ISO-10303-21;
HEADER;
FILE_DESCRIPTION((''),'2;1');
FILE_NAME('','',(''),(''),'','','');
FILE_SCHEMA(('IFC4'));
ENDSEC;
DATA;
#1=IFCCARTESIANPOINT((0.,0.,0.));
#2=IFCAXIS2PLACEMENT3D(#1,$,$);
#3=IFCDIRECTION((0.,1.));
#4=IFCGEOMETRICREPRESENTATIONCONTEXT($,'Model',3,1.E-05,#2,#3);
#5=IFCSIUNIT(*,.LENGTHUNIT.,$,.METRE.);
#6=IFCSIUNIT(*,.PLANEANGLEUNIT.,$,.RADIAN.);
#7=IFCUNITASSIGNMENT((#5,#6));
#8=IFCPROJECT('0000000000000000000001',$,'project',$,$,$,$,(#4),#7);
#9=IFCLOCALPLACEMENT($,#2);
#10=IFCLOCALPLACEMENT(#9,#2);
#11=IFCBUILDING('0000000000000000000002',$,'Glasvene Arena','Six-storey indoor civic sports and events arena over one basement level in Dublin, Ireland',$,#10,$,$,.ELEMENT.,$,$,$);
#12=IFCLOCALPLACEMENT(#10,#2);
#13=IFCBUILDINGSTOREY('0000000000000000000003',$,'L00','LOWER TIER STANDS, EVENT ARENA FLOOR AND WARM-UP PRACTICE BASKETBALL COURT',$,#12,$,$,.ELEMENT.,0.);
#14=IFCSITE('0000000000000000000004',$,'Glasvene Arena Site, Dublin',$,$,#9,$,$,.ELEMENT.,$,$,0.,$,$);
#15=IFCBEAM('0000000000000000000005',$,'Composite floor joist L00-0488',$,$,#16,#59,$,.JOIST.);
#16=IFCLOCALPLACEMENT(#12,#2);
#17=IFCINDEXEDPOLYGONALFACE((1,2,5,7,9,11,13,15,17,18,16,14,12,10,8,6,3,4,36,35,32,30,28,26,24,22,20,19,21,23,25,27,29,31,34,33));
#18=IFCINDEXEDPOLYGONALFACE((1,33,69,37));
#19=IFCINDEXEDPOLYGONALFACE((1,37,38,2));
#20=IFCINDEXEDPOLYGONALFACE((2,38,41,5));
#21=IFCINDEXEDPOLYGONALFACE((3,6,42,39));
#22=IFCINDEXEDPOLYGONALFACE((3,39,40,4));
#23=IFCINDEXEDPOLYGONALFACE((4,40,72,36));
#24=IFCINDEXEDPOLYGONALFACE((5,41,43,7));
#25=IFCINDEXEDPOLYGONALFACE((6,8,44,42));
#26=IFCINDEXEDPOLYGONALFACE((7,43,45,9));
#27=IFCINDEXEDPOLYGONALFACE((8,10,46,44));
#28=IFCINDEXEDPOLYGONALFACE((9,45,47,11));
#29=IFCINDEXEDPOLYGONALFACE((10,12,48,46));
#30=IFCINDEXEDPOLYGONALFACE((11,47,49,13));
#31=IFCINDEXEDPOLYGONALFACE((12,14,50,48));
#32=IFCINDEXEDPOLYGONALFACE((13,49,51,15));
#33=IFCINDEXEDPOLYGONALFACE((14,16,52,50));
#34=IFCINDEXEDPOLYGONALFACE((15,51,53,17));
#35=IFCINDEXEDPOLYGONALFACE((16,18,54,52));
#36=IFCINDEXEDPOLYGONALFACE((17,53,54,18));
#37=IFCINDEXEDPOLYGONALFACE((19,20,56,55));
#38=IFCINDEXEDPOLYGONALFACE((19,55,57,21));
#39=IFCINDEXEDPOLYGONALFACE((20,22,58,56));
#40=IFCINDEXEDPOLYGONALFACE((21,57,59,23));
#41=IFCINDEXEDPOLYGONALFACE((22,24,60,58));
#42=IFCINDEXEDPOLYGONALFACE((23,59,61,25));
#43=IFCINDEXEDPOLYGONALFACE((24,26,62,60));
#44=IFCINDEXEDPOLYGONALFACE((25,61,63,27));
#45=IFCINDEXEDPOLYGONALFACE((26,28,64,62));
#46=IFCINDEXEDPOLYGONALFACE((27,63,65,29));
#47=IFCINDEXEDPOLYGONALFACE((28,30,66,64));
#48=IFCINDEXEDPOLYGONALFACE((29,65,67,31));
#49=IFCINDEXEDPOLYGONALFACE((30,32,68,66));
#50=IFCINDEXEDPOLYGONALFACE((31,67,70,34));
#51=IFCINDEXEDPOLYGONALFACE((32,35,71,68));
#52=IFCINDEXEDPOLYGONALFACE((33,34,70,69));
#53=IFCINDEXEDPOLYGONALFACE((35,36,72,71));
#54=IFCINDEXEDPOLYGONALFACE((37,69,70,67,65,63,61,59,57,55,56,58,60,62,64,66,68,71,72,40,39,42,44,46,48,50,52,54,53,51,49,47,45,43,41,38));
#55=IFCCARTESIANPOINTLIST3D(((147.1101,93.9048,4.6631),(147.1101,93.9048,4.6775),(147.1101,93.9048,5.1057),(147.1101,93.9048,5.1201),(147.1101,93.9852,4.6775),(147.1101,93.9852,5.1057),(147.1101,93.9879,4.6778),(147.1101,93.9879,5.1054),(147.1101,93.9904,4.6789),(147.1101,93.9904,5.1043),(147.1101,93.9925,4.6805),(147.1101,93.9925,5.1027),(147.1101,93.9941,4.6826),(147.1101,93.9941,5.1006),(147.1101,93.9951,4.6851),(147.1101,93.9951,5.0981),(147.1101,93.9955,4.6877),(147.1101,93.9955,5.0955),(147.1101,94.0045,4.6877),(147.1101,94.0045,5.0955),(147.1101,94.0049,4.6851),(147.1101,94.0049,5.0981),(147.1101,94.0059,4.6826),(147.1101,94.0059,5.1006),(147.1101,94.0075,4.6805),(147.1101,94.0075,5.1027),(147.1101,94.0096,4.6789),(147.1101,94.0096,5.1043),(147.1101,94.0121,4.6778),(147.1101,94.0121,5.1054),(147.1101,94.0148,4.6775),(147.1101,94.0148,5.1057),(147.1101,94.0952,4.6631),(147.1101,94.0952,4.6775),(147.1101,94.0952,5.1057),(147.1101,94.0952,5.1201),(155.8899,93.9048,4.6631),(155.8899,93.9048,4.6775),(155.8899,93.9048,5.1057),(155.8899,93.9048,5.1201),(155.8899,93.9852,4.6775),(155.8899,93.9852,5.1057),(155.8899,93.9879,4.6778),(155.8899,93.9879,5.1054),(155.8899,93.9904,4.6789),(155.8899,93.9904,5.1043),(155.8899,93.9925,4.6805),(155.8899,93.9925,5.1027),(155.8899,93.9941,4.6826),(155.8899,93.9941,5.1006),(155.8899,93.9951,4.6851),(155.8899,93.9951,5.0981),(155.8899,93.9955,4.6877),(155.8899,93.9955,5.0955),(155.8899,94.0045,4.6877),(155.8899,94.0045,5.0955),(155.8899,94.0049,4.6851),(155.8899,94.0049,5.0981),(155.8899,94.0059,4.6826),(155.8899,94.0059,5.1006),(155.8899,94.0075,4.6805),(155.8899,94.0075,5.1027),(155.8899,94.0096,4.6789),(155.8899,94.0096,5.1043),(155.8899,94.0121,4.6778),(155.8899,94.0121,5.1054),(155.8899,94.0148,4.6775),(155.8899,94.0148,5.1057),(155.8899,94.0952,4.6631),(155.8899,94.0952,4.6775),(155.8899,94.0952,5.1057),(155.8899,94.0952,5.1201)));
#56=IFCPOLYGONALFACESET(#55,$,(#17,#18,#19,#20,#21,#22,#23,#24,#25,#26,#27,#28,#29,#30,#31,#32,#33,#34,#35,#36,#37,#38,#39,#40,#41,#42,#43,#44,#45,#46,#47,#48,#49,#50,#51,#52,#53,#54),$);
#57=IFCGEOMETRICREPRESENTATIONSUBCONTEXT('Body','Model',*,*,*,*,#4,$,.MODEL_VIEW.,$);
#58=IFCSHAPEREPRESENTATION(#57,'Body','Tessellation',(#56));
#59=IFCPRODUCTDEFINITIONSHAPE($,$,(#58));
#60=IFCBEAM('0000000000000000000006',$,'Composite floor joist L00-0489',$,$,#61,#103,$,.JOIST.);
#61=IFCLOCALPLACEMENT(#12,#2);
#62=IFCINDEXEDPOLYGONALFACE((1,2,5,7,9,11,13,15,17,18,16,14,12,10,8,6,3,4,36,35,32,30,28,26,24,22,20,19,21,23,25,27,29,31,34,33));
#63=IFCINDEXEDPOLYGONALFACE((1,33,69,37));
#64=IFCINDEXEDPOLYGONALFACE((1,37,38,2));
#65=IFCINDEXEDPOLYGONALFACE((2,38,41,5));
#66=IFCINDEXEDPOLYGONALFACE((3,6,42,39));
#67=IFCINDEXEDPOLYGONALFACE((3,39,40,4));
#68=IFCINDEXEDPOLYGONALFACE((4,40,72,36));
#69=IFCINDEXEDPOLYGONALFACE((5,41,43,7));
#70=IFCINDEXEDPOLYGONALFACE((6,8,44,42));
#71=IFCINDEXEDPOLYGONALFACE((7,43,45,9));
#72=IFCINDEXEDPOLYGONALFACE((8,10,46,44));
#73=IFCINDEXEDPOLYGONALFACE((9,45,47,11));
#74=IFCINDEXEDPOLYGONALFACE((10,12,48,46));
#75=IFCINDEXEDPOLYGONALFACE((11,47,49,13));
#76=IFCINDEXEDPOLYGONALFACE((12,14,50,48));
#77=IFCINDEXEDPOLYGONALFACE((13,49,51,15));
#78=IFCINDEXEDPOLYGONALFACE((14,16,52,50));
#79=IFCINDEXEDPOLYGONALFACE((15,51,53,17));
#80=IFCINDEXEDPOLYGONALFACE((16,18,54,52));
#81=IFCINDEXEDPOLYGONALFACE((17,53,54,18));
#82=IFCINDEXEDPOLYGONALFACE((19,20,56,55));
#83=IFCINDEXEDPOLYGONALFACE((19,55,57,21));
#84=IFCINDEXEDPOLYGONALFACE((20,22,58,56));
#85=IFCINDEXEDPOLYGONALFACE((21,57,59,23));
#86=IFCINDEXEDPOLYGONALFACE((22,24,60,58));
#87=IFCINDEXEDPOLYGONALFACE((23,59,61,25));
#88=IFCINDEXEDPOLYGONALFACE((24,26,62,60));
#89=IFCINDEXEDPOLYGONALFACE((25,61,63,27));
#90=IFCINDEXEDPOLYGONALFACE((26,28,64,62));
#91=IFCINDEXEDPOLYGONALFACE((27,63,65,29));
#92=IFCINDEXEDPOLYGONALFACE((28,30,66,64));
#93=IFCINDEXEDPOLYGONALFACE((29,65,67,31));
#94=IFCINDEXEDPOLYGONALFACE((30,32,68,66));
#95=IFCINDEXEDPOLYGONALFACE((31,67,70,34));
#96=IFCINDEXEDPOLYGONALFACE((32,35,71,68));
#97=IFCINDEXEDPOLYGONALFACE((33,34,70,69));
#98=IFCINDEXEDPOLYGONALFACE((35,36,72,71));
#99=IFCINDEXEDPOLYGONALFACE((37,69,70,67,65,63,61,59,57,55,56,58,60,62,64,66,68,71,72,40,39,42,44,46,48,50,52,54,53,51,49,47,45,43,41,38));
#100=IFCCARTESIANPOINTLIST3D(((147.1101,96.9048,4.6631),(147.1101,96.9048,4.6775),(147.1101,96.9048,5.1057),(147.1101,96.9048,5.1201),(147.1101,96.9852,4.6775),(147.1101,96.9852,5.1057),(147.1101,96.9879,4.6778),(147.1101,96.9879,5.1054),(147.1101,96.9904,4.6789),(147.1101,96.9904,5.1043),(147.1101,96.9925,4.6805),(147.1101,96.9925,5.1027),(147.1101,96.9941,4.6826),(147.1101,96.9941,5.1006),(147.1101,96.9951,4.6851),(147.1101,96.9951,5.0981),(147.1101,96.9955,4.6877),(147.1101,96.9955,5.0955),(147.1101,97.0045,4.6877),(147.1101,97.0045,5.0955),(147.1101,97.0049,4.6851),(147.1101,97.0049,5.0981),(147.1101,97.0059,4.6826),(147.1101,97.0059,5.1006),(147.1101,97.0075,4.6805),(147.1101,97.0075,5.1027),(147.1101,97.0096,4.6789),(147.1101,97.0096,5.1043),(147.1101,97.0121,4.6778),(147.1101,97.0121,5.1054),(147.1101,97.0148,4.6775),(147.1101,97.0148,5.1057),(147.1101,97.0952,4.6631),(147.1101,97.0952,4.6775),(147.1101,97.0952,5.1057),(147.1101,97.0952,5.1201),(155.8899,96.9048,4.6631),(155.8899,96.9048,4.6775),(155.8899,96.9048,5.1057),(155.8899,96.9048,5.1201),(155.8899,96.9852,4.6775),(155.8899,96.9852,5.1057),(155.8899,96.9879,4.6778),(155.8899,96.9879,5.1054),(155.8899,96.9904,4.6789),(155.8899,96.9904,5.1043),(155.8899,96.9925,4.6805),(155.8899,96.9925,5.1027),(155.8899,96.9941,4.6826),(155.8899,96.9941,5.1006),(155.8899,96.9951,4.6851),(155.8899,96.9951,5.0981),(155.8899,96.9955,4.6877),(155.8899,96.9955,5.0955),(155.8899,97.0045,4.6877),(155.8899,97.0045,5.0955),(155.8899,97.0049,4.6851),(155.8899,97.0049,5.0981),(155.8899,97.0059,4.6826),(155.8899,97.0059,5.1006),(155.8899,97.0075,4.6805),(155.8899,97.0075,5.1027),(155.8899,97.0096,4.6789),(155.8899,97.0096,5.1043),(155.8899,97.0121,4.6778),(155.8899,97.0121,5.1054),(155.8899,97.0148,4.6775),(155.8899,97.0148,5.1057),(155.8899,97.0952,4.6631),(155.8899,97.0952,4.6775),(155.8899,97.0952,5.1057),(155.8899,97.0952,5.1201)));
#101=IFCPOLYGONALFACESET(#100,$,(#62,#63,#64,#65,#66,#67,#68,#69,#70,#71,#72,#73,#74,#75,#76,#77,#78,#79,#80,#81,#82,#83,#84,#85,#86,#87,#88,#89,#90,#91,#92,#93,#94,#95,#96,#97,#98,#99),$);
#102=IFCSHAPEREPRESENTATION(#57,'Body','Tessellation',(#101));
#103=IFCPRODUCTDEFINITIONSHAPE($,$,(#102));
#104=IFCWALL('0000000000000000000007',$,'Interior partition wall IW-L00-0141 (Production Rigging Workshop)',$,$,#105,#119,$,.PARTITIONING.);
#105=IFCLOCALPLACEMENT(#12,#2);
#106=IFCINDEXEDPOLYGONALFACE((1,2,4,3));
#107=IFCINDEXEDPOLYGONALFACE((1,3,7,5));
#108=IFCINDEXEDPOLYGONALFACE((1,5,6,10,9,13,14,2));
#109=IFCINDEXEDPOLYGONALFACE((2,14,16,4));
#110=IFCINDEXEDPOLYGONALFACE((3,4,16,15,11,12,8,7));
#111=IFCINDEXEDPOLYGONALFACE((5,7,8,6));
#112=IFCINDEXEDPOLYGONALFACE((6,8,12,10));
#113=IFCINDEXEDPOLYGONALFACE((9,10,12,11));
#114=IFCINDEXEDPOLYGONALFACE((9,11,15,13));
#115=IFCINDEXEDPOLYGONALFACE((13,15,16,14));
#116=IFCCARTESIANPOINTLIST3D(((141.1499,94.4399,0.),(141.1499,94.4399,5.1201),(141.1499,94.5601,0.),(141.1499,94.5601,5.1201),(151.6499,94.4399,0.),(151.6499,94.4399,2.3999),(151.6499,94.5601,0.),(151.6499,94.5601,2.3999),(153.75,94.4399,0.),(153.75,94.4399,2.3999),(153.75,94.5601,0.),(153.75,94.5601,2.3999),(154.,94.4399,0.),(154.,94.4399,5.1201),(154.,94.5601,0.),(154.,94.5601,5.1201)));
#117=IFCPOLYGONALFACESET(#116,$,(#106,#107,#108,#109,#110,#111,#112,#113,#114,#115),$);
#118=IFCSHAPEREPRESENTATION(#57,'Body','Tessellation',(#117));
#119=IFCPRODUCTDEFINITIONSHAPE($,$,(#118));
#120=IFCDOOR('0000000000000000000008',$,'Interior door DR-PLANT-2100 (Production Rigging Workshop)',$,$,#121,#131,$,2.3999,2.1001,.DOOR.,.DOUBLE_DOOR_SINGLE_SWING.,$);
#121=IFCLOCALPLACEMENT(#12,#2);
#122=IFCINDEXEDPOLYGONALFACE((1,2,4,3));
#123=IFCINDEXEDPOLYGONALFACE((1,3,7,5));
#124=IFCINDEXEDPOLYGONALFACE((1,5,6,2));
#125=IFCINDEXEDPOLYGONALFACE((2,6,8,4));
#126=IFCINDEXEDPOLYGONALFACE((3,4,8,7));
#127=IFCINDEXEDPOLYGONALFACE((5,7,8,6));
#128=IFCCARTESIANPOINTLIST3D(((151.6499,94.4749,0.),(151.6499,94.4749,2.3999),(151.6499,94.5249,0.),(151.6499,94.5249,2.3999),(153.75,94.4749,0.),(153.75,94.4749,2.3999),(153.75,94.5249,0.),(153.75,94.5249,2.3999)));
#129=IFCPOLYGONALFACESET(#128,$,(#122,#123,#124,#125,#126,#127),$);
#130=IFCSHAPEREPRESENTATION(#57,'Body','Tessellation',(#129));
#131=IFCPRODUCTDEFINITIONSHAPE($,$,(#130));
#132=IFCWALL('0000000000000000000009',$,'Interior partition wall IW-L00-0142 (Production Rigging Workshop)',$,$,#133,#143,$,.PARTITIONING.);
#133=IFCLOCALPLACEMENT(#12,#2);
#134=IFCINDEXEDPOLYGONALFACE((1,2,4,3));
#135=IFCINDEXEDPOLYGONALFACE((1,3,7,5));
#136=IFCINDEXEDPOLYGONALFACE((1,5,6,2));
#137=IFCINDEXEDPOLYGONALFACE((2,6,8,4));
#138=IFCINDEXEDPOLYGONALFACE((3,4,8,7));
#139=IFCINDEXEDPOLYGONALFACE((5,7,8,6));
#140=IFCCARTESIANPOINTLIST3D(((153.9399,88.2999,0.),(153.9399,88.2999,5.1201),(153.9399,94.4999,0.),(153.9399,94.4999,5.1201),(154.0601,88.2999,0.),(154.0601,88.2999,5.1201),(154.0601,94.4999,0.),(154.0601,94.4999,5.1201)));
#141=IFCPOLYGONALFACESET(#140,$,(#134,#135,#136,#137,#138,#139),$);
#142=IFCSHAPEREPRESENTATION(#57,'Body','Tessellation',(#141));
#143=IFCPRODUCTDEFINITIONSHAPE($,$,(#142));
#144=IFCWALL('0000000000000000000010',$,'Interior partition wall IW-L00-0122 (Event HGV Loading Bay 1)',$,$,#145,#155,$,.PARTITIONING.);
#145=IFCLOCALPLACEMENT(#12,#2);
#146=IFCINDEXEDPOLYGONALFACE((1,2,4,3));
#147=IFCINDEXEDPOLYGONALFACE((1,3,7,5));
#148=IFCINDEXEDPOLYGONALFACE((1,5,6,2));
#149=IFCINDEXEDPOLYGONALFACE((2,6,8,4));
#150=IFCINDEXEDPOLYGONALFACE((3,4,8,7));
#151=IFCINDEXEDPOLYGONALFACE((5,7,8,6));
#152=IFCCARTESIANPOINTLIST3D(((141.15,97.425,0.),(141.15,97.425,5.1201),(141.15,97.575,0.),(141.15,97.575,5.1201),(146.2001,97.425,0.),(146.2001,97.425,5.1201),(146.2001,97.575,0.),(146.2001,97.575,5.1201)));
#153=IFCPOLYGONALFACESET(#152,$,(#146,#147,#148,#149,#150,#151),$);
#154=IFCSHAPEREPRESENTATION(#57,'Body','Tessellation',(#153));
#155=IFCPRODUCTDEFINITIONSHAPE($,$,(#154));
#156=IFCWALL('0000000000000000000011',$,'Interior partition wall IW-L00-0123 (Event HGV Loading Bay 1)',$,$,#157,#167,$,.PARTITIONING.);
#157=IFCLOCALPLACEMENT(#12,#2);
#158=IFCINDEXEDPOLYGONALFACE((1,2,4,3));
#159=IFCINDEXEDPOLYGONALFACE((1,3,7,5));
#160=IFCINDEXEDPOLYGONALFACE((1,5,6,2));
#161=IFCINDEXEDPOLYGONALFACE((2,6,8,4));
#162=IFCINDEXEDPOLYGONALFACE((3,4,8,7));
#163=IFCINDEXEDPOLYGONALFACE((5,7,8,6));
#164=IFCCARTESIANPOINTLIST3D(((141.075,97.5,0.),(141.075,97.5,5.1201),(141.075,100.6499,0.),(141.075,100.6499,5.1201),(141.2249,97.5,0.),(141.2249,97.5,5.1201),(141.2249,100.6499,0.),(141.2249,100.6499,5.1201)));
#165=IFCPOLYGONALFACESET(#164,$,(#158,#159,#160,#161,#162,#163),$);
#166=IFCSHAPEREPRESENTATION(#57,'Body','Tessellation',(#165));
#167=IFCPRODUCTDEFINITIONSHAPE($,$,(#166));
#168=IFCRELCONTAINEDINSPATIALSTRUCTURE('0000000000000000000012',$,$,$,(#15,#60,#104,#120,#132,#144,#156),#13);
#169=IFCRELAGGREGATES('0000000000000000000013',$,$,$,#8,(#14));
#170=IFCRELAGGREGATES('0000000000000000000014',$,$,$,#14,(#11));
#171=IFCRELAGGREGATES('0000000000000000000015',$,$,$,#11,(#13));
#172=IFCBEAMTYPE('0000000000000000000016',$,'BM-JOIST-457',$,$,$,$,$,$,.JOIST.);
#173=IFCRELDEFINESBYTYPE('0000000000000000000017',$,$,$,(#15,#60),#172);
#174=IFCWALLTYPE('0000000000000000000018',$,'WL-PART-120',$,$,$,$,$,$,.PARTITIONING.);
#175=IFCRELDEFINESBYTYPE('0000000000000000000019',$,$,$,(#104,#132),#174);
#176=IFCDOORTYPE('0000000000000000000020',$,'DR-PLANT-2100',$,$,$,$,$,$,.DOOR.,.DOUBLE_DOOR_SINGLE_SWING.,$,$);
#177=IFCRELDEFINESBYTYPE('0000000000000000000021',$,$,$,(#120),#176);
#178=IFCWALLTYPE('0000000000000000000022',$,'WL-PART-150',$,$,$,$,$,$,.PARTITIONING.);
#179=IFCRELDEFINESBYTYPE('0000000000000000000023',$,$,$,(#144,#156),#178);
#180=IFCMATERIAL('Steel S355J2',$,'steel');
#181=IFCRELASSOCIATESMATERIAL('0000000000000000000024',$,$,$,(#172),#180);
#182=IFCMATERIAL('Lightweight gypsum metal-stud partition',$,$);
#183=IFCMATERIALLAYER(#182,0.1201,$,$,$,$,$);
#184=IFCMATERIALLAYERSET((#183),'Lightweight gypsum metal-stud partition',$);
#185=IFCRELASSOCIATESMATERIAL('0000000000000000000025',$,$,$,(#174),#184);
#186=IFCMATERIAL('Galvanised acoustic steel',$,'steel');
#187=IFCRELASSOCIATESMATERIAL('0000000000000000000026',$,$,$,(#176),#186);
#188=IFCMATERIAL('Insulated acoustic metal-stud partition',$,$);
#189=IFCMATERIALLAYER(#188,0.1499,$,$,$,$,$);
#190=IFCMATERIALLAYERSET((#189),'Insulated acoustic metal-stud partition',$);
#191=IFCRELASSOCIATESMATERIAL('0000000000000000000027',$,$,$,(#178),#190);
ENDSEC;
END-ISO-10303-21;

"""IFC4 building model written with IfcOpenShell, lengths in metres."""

from ifc_helpers import new_model, si_unit, direction, frame, frame_2d, origin, origin_2d, place, context, subcontext, project, spatial, rectangle, i_section, extrude, material, layer, layer_set, material_profile, profile_set, type_object, element, fill, save


model = new_model("IFC4")

# Units and contexts
model_context = context("Model", 3, precision=1e-05, world=origin(), true_north=direction((0.0, 1.0)))
body_context = subcontext(model_context, "Body", "Model", "MODEL_VIEW")
ifc_project = project(units=[si_unit("LENGTHUNIT", "METRE"), si_unit("PLANEANGLEUNIT", "RADIAN")], contexts=[model_context])

# Site, building, storey
site_placement = place(None, origin())
site = spatial("IfcSite", under=ifc_project, at=site_placement, Name="Glasvene Arena Site, Dublin", CompositionType="ELEMENT", RefElevation=0.0)
building_placement = place(site_placement, origin())
building = spatial("IfcBuilding", under=site, at=building_placement, Name="Glasvene Arena", Description="Six-storey indoor civic sports and events arena over one basement level in Dublin, Ireland", CompositionType="ELEMENT")
storey_placement = place(building_placement, origin())
storey = spatial("IfcBuildingStorey", under=building, at=storey_placement, Name="L00", Description="LOWER TIER STANDS, EVENT ARENA FLOOR AND WARM-UP PRACTICE BASKETBALL COURT", CompositionType="ELEMENT", Elevation=0.0)

# Shared definitions
ifc_material_1 = material(Name="Steel S355J2", Category="steel")

# Beams
ifc_material_profile_1 = material_profile(ifc_material_1, i_section(OverallWidth=0.1904, OverallDepth=0.457, WebThickness=0.009, FlangeThickness=0.0144, FilletRadius=0.0103, at=origin_2d()), Name="UKB 457x191x74")
ifc_profile_set_1 = profile_set([ifc_material_profile_1], Name="Steel S355J2")
beam_type_1 = type_object("IfcBeamType", Name="BM-JOIST-457", PredefinedType="JOIST", material=ifc_profile_set_1)
for number, where, z_axis, x_axis, name in (
    (1, (147.1101, 94.0, 4.8916), (1.0, 0.0, 0.0), (0.0, 1.0, 0.0), "Composite floor joist L00-0488"),
    (2, (147.1101, 97.0, 4.8916), (1.0, 0.0, 0.0), (0.0, 1.0, 0.0), "Composite floor joist L00-0489"),
):
    element("IfcBeam", number, at=place(storey_placement, frame(where, z_axis=z_axis, x_axis=x_axis)), inside=storey, type_object=beam_type_1, Name=name, PredefinedType="JOIST", context=body_context, shape_type="SweptSolid", body=[
        extrude(i_section(OverallWidth=0.1904, OverallDepth=0.457, WebThickness=0.009, FlangeThickness=0.0144, FilletRadius=0.0103, at=origin_2d()), origin(), (0.0, 0.0, 1.0), 8.7798),
    ])

# Wall, opening, door
ifc_material_2 = material(Name="Lightweight gypsum metal-stud partition")
ifc_layer_1 = layer(ifc_material_2, 0.1201)
ifc_layer_set_1 = layer_set([ifc_layer_1], Name="Lightweight gypsum metal-stud partition")
wall_type_1 = type_object("IfcWallType", Name="WL-PART-120", PredefinedType="PARTITIONING", material=ifc_layer_set_1)
wall_1_placement = place(storey_placement, frame((141.1499, 94.5, 0.0), z_axis=(0.0, 0.0, 1.0), x_axis=(1.0, 0.0, 0.0)))
wall_1 = element("IfcWall", 3, at=wall_1_placement, inside=storey, type_object=wall_type_1, Name="Interior partition wall IW-L00-0141 (Production Rigging Workshop)", PredefinedType="PARTITIONING", context=body_context, shape_type="SweptSolid", body=[
    extrude(rectangle(XDim=12.8501, YDim=0.1201, at=frame_2d((6.425, 0.0))), origin(), (0.0, 0.0, 1.0), 5.1201),
])
opening_1_placement = place(wall_1_placement, frame((10.5, 0.0, 0.0)))
opening_1 = element("IfcOpeningElement", 4, at=opening_1_placement, cuts=wall_1, PredefinedType="OPENING", context=body_context, shape_type="SweptSolid", body=[
    extrude(rectangle(XDim=2.1001, YDim=2.3999, at=frame_2d((1.05, 1.2))), frame((0.0, 0.0701, 0.0), z_axis=(0.0, -1.0, 0.0), x_axis=(1.0, 0.0, 0.0)), (0.0, 0.0, 1.0), 0.1401),
])
ifc_material_3 = material(Name="Galvanised acoustic steel", Category="steel")
door_type = type_object("IfcDoorType", Name="DR-PLANT-2100", OperationType="DOUBLE_DOOR_SINGLE_SWING", PredefinedType="DOOR", material=ifc_material_3)
door_1_placement = place(opening_1_placement, origin())
door_1 = element("IfcDoor", 5, at=door_1_placement, inside=storey, type_object=door_type, Name="Interior door DR-PLANT-2100 (Production Rigging Workshop)", OperationType="DOUBLE_DOOR_SINGLE_SWING", OverallHeight=2.3999, OverallWidth=2.1001, PredefinedType="DOOR", context=body_context, shape_type="SweptSolid", body=[
    extrude(rectangle(XDim=2.1001, YDim=2.3999, at=frame_2d((1.05, 1.2))), frame((0.0, 0.0249, 0.0), z_axis=(0.0, -1.0, 0.0), x_axis=(1.0, 0.0, 0.0)), (0.0, 0.0, 1.0), 0.05),
])
fill(opening_1, door_1)

# Walls
wall_2_placement = place(storey_placement, frame((154.0, 94.5, 0.0), z_axis=(0.0, 0.0, 1.0), x_axis=(0.0, -1.0, 0.0)))
element("IfcWall", 6, at=wall_2_placement, inside=storey, type_object=wall_type_1, Name="Interior partition wall IW-L00-0142 (Production Rigging Workshop)", PredefinedType="PARTITIONING", context=body_context, shape_type="SweptSolid", body=[
    extrude(rectangle(XDim=6.2, YDim=0.1201, at=frame_2d((3.1001, 0.0))), origin(), (0.0, 0.0, 1.0), 5.1201),
])
ifc_material_4 = material(Name="Insulated acoustic metal-stud partition")
ifc_layer_2 = layer(ifc_material_4, 0.1499)
ifc_layer_set_2 = layer_set([ifc_layer_2], Name="Insulated acoustic metal-stud partition")
wall_type_2 = type_object("IfcWallType", Name="WL-PART-150", PredefinedType="PARTITIONING", material=ifc_layer_set_2)
wall_3_placement = place(storey_placement, frame((146.2, 97.5, 0.0), z_axis=(0.0, 0.0, 1.0), x_axis=(-1.0, 0.0, 0.0)))
element("IfcWall", 7, at=wall_3_placement, inside=storey, type_object=wall_type_2, Name="Interior partition wall IW-L00-0122 (Event HGV Loading Bay 1)", PredefinedType="PARTITIONING", context=body_context, shape_type="SweptSolid", body=[
    extrude(rectangle(XDim=5.05, YDim=0.1499, at=frame_2d((2.5249, 0.0))), origin(), (0.0, 0.0, 1.0), 5.1201),
])
wall_4_placement = place(storey_placement, frame((141.1499, 97.5, 0.0), z_axis=(0.0, 0.0, 1.0), x_axis=(0.0, 1.0, 0.0)))
element("IfcWall", 8, at=wall_4_placement, inside=storey, type_object=wall_type_2, Name="Interior partition wall IW-L00-0123 (Event HGV Loading Bay 1)", PredefinedType="PARTITIONING", context=body_context, shape_type="SweptSolid", body=[
    extrude(rectangle(XDim=3.1499, YDim=0.1499, at=frame_2d((1.575, 0.0))), origin(), (0.0, 0.0, 1.0), 5.1201),
])

save(model, "model.ifc")
